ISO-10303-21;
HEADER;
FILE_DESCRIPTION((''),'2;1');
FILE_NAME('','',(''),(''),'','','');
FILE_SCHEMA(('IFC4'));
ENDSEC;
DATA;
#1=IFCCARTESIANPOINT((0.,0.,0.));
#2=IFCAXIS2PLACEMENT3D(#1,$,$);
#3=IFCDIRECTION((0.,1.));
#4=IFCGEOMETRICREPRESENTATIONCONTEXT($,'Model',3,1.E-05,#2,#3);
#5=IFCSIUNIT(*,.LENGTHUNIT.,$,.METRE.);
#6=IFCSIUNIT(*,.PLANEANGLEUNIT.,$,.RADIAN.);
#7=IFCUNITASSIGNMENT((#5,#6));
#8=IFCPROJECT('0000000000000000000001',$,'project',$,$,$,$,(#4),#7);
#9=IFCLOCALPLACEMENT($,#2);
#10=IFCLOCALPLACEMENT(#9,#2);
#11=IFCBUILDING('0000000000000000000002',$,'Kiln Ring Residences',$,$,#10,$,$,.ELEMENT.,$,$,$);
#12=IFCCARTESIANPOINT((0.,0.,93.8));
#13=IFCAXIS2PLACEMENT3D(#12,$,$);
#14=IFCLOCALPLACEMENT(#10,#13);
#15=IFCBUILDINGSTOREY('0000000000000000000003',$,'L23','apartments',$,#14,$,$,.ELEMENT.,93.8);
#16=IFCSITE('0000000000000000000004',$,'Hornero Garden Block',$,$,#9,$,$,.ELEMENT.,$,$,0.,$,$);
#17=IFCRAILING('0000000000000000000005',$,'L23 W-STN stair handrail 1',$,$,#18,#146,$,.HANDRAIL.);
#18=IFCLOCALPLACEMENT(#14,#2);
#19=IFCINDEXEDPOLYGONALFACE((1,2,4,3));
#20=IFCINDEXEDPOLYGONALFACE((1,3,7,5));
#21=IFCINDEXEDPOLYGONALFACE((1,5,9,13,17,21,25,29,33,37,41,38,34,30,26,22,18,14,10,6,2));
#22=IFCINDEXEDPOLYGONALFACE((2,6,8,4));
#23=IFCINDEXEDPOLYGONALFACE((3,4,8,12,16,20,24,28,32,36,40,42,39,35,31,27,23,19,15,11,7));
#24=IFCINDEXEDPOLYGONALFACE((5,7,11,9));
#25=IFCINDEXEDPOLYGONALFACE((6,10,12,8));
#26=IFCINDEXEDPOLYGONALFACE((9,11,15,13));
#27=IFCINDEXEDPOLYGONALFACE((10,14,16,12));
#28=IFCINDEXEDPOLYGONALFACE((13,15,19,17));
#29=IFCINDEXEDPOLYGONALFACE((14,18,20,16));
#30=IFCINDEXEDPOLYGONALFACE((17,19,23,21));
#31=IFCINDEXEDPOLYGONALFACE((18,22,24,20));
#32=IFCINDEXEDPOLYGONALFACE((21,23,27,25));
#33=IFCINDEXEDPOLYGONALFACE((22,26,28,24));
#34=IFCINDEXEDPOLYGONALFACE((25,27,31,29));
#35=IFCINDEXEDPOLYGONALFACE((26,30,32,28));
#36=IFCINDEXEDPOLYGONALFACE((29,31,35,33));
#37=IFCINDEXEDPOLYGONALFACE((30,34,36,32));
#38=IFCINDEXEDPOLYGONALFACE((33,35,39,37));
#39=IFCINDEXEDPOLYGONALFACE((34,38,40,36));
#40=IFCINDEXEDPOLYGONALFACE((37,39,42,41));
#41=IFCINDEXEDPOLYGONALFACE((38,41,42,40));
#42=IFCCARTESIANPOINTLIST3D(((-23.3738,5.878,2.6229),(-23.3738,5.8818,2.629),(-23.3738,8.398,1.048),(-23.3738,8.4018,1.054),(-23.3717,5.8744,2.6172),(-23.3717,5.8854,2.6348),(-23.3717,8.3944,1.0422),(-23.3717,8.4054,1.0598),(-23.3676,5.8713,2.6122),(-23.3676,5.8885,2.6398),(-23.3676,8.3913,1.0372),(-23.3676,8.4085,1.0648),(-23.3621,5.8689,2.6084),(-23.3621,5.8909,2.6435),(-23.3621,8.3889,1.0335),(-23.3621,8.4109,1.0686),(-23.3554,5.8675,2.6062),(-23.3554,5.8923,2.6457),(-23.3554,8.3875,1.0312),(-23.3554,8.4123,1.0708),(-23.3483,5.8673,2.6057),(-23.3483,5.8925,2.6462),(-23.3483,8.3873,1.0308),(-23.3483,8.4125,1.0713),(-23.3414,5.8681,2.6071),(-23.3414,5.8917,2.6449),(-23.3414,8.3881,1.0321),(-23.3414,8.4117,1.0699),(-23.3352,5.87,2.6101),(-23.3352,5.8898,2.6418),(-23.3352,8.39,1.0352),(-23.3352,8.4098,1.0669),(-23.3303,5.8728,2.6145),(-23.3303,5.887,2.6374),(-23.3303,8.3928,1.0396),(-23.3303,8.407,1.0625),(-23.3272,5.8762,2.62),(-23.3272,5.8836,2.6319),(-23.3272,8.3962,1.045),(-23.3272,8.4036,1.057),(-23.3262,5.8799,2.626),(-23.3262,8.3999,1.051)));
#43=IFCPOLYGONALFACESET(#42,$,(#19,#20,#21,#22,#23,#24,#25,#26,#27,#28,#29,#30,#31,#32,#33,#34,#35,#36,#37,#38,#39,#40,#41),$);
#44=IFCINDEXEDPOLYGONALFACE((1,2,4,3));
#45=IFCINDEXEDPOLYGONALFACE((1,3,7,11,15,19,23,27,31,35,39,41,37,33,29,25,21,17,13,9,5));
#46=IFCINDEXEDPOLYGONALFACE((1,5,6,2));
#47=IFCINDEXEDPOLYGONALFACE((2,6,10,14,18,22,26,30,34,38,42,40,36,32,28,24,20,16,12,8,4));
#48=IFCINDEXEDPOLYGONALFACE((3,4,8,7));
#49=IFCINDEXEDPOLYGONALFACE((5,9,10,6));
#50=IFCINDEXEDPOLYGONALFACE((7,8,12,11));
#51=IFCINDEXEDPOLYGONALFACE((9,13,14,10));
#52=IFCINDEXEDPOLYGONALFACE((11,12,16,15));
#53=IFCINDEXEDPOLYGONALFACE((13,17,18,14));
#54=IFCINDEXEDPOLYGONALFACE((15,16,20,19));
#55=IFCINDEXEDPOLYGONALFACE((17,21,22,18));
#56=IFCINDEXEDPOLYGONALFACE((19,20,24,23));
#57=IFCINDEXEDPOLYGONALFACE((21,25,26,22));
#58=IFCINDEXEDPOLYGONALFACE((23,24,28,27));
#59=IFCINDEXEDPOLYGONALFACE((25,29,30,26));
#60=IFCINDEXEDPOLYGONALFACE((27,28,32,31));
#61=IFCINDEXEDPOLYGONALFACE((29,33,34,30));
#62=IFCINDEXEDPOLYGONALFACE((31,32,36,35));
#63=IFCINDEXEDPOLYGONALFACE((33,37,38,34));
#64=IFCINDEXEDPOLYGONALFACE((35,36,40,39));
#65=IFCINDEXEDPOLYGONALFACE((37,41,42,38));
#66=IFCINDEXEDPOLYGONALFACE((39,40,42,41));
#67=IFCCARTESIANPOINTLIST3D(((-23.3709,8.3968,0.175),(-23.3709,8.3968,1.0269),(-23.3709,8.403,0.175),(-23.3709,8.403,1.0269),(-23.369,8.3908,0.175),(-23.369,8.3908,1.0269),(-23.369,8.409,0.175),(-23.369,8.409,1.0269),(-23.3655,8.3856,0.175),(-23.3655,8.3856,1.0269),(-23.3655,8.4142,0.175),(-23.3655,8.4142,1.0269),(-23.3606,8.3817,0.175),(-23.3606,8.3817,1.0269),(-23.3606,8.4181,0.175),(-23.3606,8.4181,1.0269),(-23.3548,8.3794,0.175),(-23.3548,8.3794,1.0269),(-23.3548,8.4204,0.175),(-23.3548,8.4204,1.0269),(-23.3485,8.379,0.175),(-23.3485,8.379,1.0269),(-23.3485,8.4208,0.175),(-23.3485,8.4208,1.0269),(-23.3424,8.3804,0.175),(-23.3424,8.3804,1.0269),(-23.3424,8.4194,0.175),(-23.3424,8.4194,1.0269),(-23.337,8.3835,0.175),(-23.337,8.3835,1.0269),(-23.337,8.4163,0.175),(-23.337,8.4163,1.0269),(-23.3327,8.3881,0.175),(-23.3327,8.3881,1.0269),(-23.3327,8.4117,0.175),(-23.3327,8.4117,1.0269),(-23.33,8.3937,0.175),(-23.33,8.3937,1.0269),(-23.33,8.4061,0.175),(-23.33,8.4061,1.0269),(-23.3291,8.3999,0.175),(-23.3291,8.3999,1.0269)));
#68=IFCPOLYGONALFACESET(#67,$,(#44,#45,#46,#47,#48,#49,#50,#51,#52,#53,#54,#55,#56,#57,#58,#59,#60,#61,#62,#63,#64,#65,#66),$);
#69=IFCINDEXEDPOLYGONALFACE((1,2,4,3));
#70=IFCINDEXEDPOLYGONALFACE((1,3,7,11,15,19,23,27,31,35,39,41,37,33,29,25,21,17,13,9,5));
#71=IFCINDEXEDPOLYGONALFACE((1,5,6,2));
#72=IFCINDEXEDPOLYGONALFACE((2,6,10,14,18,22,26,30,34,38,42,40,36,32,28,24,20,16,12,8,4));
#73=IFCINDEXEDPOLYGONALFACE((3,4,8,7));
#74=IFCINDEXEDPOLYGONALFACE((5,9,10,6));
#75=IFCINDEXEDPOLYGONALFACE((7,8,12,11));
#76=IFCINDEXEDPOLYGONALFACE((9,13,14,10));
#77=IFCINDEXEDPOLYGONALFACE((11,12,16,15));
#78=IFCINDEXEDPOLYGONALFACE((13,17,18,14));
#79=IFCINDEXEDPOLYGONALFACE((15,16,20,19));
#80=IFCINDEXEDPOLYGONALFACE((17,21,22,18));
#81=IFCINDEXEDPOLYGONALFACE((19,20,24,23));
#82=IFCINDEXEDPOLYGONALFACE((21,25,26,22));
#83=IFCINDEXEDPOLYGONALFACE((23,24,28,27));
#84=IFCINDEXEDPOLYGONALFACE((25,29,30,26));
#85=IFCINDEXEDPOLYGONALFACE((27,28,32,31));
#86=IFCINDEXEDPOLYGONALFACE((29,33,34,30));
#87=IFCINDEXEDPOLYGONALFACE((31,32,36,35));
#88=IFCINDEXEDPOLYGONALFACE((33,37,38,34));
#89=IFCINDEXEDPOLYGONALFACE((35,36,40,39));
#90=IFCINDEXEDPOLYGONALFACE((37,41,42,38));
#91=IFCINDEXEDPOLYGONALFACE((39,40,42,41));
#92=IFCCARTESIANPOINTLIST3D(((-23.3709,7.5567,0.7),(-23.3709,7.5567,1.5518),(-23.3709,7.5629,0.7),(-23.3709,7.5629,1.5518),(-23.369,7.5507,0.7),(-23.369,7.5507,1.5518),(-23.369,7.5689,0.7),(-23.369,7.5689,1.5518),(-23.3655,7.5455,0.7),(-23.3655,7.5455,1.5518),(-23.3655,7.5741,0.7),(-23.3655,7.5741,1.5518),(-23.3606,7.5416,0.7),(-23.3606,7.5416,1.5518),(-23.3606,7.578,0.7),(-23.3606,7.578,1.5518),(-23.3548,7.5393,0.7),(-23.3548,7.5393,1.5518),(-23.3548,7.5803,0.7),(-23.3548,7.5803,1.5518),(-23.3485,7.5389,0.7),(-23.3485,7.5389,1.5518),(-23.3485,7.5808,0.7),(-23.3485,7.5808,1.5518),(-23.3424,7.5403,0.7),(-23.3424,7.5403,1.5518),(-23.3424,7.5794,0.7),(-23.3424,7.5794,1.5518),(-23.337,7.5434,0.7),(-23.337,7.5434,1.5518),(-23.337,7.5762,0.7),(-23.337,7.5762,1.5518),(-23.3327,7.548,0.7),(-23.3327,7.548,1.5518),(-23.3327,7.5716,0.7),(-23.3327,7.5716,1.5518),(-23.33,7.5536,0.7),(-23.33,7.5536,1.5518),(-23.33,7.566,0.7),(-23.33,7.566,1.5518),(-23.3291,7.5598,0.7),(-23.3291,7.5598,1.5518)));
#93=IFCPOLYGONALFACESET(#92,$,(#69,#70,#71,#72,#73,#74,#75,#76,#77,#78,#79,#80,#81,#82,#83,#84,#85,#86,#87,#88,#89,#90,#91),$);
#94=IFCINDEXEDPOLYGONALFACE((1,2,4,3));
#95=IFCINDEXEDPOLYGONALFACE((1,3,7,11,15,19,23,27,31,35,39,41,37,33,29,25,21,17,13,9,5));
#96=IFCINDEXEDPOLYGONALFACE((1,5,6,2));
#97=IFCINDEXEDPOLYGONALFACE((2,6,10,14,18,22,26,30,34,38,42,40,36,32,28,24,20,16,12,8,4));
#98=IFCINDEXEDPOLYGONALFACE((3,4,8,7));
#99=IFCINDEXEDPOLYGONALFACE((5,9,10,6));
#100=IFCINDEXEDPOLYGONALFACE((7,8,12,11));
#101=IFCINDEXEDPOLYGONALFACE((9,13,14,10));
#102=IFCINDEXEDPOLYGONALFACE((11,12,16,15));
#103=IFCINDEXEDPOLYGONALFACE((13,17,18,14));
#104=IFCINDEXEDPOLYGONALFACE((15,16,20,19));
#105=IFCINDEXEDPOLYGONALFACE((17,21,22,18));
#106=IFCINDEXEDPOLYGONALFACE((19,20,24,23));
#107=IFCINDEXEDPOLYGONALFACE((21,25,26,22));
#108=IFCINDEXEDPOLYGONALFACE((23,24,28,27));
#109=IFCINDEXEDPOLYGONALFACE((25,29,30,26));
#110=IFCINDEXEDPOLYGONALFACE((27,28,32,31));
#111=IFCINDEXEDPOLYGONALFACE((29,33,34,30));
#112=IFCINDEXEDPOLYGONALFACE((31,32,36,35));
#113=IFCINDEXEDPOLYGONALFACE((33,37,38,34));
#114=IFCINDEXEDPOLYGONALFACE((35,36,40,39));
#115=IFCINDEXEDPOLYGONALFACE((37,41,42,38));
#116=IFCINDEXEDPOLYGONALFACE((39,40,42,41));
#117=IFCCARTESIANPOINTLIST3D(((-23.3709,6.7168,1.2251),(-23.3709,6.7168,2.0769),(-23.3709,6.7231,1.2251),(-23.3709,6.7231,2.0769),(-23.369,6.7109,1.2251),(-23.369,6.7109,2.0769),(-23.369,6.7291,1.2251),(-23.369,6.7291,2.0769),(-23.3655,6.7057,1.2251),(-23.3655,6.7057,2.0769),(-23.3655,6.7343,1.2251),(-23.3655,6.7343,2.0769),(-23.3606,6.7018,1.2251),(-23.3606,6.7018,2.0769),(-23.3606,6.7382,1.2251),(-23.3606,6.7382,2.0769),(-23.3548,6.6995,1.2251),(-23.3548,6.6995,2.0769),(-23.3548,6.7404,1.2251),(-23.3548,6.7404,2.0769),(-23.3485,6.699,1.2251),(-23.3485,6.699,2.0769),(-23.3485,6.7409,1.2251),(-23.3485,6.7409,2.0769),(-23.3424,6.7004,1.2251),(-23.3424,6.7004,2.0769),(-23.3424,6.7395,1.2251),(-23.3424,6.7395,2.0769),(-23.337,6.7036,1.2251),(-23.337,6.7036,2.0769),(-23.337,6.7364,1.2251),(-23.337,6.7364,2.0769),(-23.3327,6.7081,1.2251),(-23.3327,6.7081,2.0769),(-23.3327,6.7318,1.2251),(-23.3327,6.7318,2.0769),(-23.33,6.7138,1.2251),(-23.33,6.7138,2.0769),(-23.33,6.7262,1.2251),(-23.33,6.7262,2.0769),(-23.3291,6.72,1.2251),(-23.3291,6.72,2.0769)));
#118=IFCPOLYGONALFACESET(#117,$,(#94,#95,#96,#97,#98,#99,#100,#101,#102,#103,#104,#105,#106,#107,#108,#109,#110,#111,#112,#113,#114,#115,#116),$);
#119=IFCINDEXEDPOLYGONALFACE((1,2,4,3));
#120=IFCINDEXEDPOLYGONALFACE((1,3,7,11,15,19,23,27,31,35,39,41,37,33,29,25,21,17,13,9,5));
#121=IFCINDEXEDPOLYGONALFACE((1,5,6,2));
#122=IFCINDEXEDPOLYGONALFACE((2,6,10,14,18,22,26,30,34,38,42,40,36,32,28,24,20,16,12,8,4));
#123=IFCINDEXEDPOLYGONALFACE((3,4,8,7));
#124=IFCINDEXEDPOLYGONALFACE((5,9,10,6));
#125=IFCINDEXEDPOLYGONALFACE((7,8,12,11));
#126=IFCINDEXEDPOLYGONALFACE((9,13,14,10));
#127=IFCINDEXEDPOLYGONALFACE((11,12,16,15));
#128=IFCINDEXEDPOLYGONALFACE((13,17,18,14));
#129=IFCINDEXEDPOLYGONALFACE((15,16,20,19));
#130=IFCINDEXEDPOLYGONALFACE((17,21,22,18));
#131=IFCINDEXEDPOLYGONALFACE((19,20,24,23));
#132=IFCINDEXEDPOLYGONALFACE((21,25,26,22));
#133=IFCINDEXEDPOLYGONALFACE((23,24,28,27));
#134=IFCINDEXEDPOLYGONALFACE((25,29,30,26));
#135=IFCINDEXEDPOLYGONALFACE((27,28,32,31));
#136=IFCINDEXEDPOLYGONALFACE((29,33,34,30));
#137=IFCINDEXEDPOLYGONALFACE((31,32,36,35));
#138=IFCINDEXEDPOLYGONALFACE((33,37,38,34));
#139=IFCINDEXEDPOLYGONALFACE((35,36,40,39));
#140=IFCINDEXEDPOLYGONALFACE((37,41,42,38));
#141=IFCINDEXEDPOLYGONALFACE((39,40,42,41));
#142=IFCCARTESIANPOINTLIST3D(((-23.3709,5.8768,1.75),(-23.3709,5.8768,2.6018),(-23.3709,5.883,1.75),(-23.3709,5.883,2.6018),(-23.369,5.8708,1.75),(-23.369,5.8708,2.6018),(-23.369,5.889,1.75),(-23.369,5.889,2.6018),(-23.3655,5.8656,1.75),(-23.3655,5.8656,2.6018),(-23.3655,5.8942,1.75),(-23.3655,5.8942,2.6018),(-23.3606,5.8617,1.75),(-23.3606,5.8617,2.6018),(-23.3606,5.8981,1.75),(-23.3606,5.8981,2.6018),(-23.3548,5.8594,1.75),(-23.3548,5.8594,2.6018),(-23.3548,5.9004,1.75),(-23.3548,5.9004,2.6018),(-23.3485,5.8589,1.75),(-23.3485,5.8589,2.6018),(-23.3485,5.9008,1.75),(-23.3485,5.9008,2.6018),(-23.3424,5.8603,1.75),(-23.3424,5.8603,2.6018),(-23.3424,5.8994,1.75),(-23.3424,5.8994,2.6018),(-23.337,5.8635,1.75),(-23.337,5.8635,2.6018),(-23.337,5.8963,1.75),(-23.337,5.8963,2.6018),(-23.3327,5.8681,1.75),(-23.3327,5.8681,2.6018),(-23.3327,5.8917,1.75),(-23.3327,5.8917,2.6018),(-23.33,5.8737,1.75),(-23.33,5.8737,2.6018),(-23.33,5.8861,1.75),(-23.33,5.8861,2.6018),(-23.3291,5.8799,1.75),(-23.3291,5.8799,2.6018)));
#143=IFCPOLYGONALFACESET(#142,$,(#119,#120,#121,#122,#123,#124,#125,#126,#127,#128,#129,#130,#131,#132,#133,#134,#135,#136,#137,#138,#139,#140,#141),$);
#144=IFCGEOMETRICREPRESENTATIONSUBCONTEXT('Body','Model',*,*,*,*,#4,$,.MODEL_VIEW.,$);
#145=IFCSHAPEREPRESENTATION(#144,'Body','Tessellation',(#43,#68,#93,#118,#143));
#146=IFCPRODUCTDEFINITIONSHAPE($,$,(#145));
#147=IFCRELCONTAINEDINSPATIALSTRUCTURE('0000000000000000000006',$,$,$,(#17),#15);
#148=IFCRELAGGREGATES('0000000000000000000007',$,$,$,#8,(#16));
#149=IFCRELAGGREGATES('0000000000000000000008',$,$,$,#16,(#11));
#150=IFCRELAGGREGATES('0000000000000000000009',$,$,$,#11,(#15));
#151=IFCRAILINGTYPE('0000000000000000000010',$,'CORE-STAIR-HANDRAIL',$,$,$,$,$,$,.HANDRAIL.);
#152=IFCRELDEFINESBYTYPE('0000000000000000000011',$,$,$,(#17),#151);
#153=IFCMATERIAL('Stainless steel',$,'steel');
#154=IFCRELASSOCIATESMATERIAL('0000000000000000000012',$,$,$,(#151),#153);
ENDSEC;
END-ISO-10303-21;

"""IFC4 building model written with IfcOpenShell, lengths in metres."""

from ifc_helpers import new_model, si_unit, direction, frame, origin, origin_2d, place, context, subcontext, project, spatial, circle, extrude, material, type_object, element, save


model = new_model("IFC4")

# Units and contexts
model_context = context("Model", 3, precision=1e-05, world=origin(), true_north=direction((0.0, 1.0)))
body_context = subcontext(model_context, "Body", "Model", "MODEL_VIEW")
ifc_project = project(units=[si_unit("LENGTHUNIT", "METRE"), si_unit("PLANEANGLEUNIT", "RADIAN")], contexts=[model_context])

# Site, building, storey
site_placement = place(None, origin())
site = spatial("IfcSite", under=ifc_project, at=site_placement, Name="Hornero Garden Block", CompositionType="ELEMENT", RefElevation=0.0)
building_placement = place(site_placement, origin())
building = spatial("IfcBuilding", under=site, at=building_placement, Name="Kiln Ring Residences", CompositionType="ELEMENT")
storey_placement = place(building_placement, frame((0.0, 0.0, 93.8)))
storey = spatial("IfcBuildingStorey", under=building, at=storey_placement, Name="L23", Description="apartments", CompositionType="ELEMENT", Elevation=93.8)

# Railing
ifc_material_1 = material(Name="Stainless steel", Category="steel")
railing_type_1 = type_object("IfcRailingType", Name="CORE-STAIR-HANDRAIL", PredefinedType="HANDRAIL", material=ifc_material_1)
railing_1_placement = place(storey_placement, frame((-23.3501, 8.3999, 0.175)))
element("IfcRailing", 1, at=railing_1_placement, inside=storey, type_object=railing_type_1, Name="L23 W-STN stair handrail 1", PredefinedType="HANDRAIL", context=body_context, shape_type="SweptSolid", body=[
    extrude(circle(Radius=0.0239, at=origin_2d()), frame((0.0, 0.0, 0.876), z_axis=(0.0, -0.848008, 0.529984), x_axis=(1.0, 0.0, 0.0)), (0.0, 0.0, 1.0), 2.9717),
    extrude(circle(Radius=0.021, at=origin_2d()), origin(), (0.0, 0.0, 1.0), 0.8518),
    extrude(circle(Radius=0.021, at=origin_2d()), frame((0.0, -0.8401, 0.5249)), (0.0, 0.0, 1.0), 0.8518),
    extrude(circle(Radius=0.021, at=origin_2d()), frame((0.0, -1.6799, 1.05)), (0.0, 0.0, 1.0), 0.8518),
    extrude(circle(Radius=0.021, at=origin_2d()), frame((0.0, -2.52, 1.575)), (0.0, 0.0, 1.0), 0.8518),
])

save(model, "model.ifc")
